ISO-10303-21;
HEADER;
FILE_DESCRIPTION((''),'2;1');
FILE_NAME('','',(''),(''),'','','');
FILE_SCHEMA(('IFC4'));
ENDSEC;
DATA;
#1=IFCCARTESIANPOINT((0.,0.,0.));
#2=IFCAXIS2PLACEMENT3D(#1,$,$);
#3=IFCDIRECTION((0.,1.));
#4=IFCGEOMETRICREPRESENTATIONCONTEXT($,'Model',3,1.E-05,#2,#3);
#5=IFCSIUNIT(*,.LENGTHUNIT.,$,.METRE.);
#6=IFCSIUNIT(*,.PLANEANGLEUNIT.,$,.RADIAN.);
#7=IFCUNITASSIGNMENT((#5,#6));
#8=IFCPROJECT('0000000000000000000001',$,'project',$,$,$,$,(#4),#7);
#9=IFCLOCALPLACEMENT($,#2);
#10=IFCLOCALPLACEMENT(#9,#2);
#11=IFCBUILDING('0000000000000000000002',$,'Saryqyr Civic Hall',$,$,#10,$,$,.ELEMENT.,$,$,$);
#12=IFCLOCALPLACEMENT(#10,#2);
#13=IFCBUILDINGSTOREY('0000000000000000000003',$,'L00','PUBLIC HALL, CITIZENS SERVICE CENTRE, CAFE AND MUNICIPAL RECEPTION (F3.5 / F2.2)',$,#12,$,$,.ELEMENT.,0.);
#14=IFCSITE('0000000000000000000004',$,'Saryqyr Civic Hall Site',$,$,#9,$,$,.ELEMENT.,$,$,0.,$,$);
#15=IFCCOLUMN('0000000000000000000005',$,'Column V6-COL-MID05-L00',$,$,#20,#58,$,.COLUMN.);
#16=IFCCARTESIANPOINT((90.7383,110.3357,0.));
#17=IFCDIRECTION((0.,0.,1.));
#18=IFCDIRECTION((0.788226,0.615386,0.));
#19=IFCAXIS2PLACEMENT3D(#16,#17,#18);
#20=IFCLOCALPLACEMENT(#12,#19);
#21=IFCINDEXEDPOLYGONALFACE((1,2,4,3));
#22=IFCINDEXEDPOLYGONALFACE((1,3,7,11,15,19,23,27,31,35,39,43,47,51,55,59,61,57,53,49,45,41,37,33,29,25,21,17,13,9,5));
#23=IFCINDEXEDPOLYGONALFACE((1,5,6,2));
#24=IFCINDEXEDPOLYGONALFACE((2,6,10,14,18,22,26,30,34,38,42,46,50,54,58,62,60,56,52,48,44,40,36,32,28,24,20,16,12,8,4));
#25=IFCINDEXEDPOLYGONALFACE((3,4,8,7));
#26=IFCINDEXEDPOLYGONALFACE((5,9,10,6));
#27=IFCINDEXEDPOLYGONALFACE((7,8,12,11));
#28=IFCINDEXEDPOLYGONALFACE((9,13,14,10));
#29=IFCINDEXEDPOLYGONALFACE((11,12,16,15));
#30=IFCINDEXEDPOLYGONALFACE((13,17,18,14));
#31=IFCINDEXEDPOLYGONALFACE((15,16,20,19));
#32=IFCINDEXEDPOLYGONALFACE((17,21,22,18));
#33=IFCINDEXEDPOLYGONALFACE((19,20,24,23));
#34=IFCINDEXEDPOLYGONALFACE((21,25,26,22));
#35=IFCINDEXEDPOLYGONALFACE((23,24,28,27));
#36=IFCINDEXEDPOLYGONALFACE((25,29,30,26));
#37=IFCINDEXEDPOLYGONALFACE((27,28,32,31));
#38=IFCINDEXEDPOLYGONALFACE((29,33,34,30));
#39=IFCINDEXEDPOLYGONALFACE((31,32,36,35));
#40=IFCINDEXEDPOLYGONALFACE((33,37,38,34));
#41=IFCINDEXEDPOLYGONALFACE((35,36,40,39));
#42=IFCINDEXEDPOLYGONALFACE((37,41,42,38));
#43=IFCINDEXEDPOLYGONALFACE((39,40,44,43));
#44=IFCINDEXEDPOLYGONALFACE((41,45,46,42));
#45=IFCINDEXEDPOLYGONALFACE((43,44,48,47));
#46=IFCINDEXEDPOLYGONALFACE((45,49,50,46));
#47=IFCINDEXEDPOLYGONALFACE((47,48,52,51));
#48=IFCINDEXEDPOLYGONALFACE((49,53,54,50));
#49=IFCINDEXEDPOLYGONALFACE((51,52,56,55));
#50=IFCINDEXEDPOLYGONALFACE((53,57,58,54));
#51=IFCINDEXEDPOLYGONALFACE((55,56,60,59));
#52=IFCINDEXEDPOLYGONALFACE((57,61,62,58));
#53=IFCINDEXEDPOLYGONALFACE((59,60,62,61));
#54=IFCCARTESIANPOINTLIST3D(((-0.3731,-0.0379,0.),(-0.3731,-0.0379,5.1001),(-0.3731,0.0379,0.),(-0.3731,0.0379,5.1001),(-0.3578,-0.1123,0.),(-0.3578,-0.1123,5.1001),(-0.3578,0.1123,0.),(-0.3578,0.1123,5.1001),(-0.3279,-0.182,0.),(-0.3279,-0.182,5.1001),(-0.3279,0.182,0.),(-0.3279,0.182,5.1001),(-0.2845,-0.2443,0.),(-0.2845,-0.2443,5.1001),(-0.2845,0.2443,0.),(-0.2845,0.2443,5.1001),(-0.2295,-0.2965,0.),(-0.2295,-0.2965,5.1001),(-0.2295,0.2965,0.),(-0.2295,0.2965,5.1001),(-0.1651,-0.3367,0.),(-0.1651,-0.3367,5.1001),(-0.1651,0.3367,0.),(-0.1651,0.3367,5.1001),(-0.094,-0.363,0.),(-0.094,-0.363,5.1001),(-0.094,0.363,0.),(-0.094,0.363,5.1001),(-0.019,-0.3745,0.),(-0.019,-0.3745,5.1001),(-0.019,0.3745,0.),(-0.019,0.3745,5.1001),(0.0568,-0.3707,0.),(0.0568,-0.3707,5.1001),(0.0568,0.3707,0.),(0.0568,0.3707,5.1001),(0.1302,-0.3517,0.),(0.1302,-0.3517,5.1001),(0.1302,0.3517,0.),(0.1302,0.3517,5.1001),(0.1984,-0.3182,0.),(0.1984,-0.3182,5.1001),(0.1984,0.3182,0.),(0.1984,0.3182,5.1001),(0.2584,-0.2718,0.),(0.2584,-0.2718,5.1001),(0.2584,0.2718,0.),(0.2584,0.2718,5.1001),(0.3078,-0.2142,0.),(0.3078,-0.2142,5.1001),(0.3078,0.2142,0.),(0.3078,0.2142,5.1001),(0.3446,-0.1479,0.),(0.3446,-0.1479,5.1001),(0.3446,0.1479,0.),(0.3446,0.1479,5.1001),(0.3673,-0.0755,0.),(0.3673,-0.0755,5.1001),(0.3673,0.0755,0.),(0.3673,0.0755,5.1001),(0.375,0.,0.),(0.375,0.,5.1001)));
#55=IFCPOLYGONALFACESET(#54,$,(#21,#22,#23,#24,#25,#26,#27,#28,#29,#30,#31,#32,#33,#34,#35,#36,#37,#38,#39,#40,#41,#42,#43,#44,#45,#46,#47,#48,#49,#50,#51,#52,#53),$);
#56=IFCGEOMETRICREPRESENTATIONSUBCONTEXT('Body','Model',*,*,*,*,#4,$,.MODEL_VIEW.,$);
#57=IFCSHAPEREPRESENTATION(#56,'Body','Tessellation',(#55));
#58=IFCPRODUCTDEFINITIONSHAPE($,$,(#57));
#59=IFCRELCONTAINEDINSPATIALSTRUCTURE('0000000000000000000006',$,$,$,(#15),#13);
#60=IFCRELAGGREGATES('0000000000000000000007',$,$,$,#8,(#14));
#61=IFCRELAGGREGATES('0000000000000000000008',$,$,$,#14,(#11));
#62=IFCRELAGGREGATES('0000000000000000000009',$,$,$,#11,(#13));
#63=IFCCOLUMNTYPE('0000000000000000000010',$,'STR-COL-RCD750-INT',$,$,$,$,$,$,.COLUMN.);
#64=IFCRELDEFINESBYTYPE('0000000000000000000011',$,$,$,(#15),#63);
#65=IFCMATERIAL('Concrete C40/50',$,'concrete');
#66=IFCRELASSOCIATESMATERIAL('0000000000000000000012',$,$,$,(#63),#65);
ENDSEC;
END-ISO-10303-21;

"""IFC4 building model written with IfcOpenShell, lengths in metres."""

from ifc_helpers import new_model, si_unit, direction, frame, origin, origin_2d, place, context, subcontext, project, spatial, circle, extrude, material, material_profile, profile_set, type_object, element, save


model = new_model("IFC4")

# Units and contexts
model_context = context("Model", 3, precision=1e-05, world=origin(), true_north=direction((0.0, 1.0)))
body_context = subcontext(model_context, "Body", "Model", "MODEL_VIEW")
ifc_project = project(units=[si_unit("LENGTHUNIT", "METRE"), si_unit("PLANEANGLEUNIT", "RADIAN")], contexts=[model_context])

# Site, building, storey
site_placement = place(None, origin())
site = spatial("IfcSite", under=ifc_project, at=site_placement, Name="Saryqyr Civic Hall Site", CompositionType="ELEMENT", RefElevation=0.0)
building_placement = place(site_placement, origin())
building = spatial("IfcBuilding", under=site, at=building_placement, Name="Saryqyr Civic Hall", CompositionType="ELEMENT")
storey_placement = place(building_placement, origin())
storey = spatial("IfcBuildingStorey", under=building, at=storey_placement, Name="L00", Description="PUBLIC HALL, CITIZENS SERVICE CENTRE, CAFE AND MUNICIPAL RECEPTION (F3.5 / F2.2)", CompositionType="ELEMENT", Elevation=0.0)

# Column
ifc_material_1 = material(Name="Concrete C40/50", Category="concrete")
ifc_material_profile_1 = material_profile(ifc_material_1, circle(Radius=0.375, at=origin_2d()), Name="RC D750")
ifc_profile_set_1 = profile_set([ifc_material_profile_1], Name="Concrete C40/50")
column_type_1 = type_object("IfcColumnType", Name="STR-COL-RCD750-INT", PredefinedType="COLUMN", material=ifc_profile_set_1)
column_1_placement = place(storey_placement, frame((90.7383, 110.3357, 0.0), z_axis=(0.0, 0.0, 1.0), x_axis=(0.788226, 0.615386, 0.0)))
element("IfcColumn", 1, at=column_1_placement, inside=storey, type_object=column_type_1, Name="Column V6-COL-MID05-L00", PredefinedType="COLUMN", context=body_context, shape_type="SweptSolid", body=[
    extrude(circle(Radius=0.375, at=origin_2d()), origin(), (0.0, 0.0, 1.0), 5.1001),
])

save(model, "model.ifc")
